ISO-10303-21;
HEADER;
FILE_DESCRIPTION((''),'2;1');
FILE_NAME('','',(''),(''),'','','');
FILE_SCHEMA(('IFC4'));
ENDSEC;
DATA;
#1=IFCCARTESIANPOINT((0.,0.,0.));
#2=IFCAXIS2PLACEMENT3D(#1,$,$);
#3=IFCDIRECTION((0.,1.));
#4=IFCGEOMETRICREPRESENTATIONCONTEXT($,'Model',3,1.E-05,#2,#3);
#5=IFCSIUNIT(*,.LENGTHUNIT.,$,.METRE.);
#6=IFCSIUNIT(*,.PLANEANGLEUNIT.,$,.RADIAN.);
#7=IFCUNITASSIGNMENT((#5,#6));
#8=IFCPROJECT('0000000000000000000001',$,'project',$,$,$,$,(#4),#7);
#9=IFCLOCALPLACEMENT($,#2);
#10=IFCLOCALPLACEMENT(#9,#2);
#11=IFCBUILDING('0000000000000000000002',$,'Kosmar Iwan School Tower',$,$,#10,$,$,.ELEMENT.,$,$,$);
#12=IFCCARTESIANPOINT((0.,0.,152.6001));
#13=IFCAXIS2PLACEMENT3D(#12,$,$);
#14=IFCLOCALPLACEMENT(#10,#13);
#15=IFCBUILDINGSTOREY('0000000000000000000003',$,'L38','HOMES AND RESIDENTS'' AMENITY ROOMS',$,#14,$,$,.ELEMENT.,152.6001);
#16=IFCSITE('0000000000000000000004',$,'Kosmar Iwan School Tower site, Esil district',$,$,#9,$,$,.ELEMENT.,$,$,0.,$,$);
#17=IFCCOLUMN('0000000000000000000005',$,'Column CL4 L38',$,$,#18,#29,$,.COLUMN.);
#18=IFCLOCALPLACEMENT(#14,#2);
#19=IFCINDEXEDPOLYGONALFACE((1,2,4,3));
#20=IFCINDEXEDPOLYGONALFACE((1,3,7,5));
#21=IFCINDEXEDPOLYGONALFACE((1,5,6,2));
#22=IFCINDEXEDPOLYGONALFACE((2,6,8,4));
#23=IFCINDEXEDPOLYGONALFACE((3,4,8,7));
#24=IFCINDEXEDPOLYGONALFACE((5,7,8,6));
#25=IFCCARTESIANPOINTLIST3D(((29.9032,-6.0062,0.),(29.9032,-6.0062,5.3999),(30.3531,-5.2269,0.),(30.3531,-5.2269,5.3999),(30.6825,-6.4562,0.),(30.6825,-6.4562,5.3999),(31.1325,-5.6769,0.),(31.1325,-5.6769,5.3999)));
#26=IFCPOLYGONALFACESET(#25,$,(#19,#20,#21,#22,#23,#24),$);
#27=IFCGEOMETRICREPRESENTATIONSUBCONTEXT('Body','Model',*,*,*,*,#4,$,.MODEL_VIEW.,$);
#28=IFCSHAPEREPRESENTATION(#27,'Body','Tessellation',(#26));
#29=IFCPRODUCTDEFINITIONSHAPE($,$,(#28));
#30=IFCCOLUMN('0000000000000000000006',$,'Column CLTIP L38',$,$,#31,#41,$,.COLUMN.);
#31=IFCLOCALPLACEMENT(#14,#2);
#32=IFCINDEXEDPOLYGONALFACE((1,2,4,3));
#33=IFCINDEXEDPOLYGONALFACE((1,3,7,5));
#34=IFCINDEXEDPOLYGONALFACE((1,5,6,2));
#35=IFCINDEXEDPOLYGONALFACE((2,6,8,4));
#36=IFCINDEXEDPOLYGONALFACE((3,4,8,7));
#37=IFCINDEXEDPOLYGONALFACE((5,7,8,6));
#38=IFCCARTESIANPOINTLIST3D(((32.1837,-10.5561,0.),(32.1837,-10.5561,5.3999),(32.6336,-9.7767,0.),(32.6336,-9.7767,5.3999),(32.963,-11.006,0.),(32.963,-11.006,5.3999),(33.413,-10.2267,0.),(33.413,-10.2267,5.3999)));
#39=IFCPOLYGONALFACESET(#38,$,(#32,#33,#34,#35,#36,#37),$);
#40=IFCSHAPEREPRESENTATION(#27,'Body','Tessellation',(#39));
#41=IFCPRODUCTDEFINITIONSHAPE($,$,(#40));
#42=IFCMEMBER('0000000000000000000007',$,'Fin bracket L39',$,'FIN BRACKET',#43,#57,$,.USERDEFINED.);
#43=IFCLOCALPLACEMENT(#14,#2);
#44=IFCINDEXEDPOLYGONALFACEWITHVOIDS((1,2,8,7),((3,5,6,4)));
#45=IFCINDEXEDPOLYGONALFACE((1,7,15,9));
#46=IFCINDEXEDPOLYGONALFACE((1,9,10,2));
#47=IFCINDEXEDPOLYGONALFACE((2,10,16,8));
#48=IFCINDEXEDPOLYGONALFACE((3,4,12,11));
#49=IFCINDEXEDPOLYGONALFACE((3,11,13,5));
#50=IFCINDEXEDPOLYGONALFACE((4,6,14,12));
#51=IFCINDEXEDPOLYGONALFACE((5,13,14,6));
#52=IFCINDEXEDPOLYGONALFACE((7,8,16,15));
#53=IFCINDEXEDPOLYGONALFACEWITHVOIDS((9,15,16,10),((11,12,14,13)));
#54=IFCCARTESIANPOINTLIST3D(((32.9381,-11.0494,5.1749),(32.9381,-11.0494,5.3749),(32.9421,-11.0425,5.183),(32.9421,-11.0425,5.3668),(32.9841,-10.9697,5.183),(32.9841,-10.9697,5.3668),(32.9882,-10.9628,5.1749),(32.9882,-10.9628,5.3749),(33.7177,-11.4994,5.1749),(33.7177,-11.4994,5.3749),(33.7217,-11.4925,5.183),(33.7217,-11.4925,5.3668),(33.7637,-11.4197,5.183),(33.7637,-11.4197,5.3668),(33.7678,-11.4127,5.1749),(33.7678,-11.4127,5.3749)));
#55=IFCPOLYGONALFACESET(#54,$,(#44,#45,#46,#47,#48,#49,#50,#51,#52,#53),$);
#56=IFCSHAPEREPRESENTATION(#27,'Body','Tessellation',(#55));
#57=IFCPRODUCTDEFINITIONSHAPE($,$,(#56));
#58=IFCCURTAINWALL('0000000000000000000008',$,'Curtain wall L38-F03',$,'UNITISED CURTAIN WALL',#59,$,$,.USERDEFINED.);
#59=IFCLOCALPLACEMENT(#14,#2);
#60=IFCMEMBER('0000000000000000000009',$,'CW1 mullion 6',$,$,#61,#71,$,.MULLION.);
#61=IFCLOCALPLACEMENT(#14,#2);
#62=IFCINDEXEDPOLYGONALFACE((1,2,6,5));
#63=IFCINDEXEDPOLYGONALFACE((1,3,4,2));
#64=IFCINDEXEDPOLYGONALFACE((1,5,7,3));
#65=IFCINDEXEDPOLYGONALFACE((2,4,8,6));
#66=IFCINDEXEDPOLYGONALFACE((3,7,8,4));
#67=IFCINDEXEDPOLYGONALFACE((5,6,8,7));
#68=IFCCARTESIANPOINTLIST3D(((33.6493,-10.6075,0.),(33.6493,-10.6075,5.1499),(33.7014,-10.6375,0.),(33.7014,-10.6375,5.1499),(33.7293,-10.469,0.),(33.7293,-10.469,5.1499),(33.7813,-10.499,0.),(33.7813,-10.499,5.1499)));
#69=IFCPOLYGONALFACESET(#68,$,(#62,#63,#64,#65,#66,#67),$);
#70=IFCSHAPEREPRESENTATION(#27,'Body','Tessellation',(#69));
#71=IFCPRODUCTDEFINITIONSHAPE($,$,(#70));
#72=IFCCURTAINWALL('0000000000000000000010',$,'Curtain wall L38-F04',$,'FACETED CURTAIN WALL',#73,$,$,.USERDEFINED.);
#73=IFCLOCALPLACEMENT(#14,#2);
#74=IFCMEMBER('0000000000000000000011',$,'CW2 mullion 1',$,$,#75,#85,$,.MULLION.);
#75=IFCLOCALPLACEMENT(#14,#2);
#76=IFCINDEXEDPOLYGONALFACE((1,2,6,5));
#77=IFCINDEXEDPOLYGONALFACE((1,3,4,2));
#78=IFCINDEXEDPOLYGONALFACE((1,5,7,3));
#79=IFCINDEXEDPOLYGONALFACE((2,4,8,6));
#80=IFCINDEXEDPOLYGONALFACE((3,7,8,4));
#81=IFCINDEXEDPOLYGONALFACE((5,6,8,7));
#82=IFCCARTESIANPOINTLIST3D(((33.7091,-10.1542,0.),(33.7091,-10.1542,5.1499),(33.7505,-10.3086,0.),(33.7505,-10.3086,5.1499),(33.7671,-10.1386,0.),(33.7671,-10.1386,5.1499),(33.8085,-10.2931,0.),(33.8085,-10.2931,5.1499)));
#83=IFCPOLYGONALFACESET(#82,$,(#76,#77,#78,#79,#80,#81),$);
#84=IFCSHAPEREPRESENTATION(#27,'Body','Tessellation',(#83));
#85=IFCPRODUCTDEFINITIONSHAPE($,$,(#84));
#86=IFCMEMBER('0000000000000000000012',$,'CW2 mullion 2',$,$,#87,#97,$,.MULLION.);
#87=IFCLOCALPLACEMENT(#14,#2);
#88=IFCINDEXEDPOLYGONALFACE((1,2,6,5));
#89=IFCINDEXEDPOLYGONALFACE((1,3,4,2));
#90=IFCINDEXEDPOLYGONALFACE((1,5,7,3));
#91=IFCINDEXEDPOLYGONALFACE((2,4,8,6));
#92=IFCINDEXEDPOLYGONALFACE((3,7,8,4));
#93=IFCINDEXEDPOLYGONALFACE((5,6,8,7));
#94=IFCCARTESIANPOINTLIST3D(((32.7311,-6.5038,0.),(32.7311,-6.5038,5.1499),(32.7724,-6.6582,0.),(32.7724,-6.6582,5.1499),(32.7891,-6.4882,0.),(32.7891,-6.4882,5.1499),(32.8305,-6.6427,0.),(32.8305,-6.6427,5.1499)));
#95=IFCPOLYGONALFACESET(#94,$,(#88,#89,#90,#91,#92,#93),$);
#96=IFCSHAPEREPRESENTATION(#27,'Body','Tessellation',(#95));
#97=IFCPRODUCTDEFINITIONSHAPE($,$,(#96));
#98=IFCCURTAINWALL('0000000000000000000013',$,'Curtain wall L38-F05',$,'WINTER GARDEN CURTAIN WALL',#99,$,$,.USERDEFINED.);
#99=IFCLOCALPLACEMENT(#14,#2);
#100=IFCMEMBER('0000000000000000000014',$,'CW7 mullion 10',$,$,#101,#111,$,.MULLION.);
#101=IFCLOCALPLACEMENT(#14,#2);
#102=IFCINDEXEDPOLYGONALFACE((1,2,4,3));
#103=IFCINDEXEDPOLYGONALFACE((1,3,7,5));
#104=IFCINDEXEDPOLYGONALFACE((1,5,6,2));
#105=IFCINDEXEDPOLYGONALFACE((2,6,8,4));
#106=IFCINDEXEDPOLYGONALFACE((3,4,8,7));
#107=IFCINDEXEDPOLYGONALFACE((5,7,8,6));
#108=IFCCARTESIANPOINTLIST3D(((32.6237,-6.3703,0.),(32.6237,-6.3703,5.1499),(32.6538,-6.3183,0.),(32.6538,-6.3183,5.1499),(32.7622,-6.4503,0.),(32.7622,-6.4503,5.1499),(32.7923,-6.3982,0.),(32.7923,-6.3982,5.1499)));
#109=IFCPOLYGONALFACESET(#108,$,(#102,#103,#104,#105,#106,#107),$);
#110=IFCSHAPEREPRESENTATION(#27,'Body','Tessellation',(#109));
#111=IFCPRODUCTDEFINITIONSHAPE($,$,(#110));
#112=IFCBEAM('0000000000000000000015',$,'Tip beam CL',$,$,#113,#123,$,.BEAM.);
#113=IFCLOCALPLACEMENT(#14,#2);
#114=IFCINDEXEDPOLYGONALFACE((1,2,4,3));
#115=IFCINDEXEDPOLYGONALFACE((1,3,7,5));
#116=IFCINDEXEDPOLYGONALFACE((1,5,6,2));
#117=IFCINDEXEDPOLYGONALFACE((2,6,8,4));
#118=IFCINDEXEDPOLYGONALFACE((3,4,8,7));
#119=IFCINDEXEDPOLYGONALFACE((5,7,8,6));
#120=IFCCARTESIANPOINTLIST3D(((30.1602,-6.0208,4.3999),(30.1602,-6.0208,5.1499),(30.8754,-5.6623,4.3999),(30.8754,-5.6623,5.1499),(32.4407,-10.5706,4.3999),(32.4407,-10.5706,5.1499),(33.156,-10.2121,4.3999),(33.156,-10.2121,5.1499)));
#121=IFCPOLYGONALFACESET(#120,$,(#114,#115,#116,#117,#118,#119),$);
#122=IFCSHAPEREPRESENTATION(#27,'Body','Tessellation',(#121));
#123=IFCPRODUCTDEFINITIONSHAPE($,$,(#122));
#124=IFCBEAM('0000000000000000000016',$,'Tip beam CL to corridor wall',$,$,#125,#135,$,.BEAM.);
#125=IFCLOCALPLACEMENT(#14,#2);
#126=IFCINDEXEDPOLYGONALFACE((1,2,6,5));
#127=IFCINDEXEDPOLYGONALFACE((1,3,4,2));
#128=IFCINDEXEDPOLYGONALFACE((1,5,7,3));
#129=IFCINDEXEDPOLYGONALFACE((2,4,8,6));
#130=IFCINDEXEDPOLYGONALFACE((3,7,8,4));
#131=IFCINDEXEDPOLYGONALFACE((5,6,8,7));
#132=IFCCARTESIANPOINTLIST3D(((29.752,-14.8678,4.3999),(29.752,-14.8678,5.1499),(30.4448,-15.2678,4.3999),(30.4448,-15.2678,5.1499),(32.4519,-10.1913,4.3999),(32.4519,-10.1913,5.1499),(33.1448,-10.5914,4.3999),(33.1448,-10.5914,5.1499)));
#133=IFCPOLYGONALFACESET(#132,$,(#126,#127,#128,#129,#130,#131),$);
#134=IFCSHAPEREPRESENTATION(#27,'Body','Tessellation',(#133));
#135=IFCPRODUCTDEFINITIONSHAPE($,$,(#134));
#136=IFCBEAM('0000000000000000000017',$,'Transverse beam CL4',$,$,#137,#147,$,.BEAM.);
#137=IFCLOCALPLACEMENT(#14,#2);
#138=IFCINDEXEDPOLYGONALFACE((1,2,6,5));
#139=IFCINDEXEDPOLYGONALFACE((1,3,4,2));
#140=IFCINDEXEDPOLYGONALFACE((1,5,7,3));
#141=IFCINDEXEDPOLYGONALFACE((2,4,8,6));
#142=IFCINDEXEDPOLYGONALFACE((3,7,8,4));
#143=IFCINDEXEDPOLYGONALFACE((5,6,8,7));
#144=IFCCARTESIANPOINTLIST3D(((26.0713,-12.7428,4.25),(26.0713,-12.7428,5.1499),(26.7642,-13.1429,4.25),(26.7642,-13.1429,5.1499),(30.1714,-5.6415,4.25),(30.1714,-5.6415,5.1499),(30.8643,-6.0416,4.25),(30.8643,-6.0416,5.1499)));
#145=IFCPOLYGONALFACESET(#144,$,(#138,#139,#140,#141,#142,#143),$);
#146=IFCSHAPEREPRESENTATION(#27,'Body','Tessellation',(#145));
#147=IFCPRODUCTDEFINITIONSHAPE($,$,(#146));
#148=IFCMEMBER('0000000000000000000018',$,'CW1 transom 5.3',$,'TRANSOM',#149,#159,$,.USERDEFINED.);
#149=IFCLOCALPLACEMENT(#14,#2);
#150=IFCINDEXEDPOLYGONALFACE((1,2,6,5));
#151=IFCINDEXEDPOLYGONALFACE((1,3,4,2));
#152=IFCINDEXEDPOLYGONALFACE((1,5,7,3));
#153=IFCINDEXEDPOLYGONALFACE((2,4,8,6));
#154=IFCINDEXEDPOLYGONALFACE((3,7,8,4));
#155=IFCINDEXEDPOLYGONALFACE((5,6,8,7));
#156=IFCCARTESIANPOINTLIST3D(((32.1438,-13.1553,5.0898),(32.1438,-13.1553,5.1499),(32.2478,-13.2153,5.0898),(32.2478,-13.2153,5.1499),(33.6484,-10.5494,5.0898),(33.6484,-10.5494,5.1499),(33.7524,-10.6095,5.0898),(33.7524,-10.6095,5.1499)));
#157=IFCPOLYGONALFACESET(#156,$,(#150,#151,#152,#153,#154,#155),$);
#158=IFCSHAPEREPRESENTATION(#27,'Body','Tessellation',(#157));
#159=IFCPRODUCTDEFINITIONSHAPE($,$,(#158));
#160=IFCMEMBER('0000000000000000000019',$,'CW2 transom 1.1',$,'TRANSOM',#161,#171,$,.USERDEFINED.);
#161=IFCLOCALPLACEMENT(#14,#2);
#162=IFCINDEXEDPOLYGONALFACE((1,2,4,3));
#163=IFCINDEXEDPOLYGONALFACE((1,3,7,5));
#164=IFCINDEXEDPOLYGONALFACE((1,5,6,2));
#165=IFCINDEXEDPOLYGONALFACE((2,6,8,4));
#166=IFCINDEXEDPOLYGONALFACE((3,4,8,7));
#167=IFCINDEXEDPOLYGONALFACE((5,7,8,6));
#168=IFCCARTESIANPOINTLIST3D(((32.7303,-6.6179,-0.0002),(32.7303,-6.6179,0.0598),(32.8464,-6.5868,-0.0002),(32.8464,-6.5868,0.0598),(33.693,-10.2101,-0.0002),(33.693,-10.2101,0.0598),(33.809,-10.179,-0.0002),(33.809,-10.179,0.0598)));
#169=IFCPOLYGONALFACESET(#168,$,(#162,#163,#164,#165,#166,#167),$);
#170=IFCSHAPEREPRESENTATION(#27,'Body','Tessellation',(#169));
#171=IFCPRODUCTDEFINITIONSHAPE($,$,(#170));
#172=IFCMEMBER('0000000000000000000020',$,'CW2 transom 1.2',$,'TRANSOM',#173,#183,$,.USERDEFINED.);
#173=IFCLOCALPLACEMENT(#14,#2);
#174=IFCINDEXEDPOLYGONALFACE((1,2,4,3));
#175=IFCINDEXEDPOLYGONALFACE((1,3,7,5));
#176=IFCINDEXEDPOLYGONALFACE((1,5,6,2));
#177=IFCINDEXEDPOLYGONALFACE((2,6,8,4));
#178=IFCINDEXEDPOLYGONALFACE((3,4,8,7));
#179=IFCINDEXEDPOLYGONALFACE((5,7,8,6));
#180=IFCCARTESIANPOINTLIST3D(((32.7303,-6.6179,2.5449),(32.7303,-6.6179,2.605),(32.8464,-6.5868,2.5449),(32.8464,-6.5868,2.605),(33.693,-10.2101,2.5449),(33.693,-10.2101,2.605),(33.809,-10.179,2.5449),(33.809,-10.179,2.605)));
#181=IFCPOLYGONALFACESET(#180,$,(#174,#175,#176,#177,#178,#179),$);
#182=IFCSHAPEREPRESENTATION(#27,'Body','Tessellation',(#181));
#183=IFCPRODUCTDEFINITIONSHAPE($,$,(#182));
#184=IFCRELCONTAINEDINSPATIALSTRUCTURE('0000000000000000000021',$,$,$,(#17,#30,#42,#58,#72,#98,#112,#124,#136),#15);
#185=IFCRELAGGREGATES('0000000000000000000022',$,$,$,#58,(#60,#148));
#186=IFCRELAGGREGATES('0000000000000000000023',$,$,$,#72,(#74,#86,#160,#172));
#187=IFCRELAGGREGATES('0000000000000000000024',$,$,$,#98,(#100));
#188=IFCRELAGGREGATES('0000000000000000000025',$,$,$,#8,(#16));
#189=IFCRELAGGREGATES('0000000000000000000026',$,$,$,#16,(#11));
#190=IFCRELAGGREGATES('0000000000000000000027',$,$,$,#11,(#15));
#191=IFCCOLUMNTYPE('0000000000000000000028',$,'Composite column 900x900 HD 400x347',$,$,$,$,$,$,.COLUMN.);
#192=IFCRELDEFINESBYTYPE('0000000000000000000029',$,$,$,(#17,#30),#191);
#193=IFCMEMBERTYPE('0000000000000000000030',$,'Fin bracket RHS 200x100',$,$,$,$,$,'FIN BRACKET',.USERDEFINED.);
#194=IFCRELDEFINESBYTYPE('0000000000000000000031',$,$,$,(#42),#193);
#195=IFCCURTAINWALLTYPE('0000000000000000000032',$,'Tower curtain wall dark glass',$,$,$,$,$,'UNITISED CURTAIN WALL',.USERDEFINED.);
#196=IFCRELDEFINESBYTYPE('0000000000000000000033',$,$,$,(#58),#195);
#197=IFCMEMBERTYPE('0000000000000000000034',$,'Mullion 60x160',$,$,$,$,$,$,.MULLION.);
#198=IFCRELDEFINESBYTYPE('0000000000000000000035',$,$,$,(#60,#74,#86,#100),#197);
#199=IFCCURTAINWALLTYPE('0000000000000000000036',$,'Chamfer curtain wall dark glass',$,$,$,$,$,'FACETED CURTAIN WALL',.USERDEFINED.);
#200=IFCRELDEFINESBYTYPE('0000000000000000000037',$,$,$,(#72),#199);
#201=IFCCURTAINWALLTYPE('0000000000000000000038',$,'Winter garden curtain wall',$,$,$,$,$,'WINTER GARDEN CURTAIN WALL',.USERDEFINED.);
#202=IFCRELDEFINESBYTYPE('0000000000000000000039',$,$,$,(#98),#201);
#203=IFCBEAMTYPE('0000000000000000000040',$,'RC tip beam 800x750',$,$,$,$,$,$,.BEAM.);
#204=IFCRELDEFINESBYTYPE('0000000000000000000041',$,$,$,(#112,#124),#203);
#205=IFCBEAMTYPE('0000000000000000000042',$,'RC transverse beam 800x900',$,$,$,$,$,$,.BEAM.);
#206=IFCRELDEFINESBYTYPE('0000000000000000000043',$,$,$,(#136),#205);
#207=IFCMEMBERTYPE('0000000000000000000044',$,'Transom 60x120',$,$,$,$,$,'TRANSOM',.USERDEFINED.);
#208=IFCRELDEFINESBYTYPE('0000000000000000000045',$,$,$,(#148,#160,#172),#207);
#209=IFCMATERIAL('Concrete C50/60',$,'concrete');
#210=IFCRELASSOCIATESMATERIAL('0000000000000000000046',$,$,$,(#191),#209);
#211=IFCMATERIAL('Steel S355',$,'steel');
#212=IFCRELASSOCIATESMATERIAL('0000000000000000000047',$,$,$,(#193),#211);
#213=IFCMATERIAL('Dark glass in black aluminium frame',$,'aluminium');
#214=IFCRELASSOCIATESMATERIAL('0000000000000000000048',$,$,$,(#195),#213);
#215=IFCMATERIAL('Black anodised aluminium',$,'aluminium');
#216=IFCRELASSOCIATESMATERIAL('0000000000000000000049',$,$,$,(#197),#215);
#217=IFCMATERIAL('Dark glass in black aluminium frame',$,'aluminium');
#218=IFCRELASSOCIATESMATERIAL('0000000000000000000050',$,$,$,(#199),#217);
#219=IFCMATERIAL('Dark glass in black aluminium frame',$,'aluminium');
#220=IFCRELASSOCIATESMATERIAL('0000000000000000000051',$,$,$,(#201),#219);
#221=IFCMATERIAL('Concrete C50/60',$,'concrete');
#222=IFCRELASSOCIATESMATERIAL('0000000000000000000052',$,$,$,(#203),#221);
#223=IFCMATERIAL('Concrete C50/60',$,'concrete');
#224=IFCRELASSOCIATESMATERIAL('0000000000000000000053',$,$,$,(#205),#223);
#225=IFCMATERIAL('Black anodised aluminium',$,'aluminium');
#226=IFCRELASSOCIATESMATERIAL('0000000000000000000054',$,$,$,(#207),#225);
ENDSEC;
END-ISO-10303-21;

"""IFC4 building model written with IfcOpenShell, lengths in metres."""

from ifc_helpers import new_model, si_unit, direction, frame, origin, origin_2d, place, context, subcontext, project, spatial, rectangle, hollow_rectangle, extrude, material, material_profile, profile_set, type_object, element, aggregate, save


model = new_model("IFC4")

# Units and contexts
model_context = context("Model", 3, precision=1e-05, world=origin(), true_north=direction((0.0, 1.0)))
body_context = subcontext(model_context, "Body", "Model", "MODEL_VIEW")
ifc_project = project(units=[si_unit("LENGTHUNIT", "METRE"), si_unit("PLANEANGLEUNIT", "RADIAN")], contexts=[model_context])

# Site, building, storey
site_placement = place(None, origin())
site = spatial("IfcSite", under=ifc_project, at=site_placement, Name="Kosmar Iwan School Tower site, Esil district", CompositionType="ELEMENT", RefElevation=0.0)
building_placement = place(site_placement, origin())
building = spatial("IfcBuilding", under=site, at=building_placement, Name="Kosmar Iwan School Tower", CompositionType="ELEMENT")
storey_placement = place(building_placement, frame((0.0, 0.0, 152.6001)))
storey = spatial("IfcBuildingStorey", under=building, at=storey_placement, Name="L38", Description="HOMES AND RESIDENTS' AMENITY ROOMS", CompositionType="ELEMENT", Elevation=152.6001)

# Columns
ifc_material_1 = material(Name="Concrete C50/60", Category="concrete")
ifc_material_profile_1 = material_profile(ifc_material_1, rectangle(XDim=0.8999, YDim=0.8999, at=origin_2d()), Name="RC 900x900 + HD 400x347")
ifc_profile_set_1 = profile_set([ifc_material_profile_1], Name="Concrete C50/60")
column_type = type_object("IfcColumnType", Name="Composite column 900x900 HD 400x347", PredefinedType="COLUMN", material=ifc_profile_set_1)
for number, where, z_axis, x_axis, name in (
    (1, (30.5178, -5.8416, 0.0), (0.0, 0.0, 1.0), (0.866025, -0.5, 0.0), "Column CL4 L38"),
    (2, (32.7983, -10.3914, 0.0), (0.0, 0.0, 1.0), (0.866025, -0.5, 0.0), "Column CLTIP L38"),
):
    element("IfcColumn", number, at=place(storey_placement, frame(where, z_axis=z_axis, x_axis=x_axis)), inside=storey, type_object=column_type, Name=name, PredefinedType="COLUMN", context=body_context, shape_type="SweptSolid", body=[
        extrude(rectangle(XDim=0.8999, YDim=0.8999, at=origin_2d()), origin(), (0.0, 0.0, 1.0), 5.3999),
    ])

# Member
ifc_material_2 = material(Name="Steel S355", Category="steel")
ifc_material_profile_2 = material_profile(ifc_material_2, hollow_rectangle(XDim=0.1001, YDim=0.2, WallThickness=0.0081, at=origin_2d()), Name="RHS 200x100x8")
ifc_profile_set_2 = profile_set([ifc_material_profile_2], Name="Steel S355")
member_type_1 = type_object("IfcMemberType", Name="Fin bracket RHS 200x100", ElementType="FIN BRACKET", PredefinedType="USERDEFINED", material=ifc_profile_set_2)
member_1_placement = place(storey_placement, frame((32.9631, -11.0061, 5.2749), z_axis=(0.866082, -0.499902, 0.0), x_axis=(0.499902, 0.866082, 0.0)))
element("IfcMember", 3, at=member_1_placement, inside=storey, type_object=member_type_1, Name="Fin bracket L39", ObjectType="FIN BRACKET", PredefinedType="USERDEFINED", context=body_context, shape_type="SweptSolid", body=[
    extrude(hollow_rectangle(XDim=0.1001, YDim=0.2, WallThickness=0.0081, at=origin_2d()), origin(), (0.0, 0.0, 1.0), 0.9001),
])

# Curtain wall, member
ifc_material_3 = material(Name="Dark glass in black aluminium frame", Category="aluminium")
curtain_wall_type_1 = type_object("IfcCurtainWallType", Name="Tower curtain wall dark glass", ElementType="UNITISED CURTAIN WALL", PredefinedType="USERDEFINED", material=ifc_material_3)
curtain_wall_1_placement = place(storey_placement, origin())
curtain_wall_1 = element("IfcCurtainWall", 4, at=curtain_wall_1_placement, inside=storey, type_object=curtain_wall_type_1, Name="Curtain wall L38-F03", ObjectType="UNITISED CURTAIN WALL", PredefinedType="USERDEFINED")
ifc_material_4 = material(Name="Black anodised aluminium", Category="aluminium")
ifc_material_profile_3 = material_profile(ifc_material_4, rectangle(XDim=0.0601, YDim=0.1599, at=origin_2d()), Name="MULLION 60x160")
ifc_profile_set_3 = profile_set([ifc_material_profile_3], Name="Black anodised aluminium")
member_type_2 = type_object("IfcMemberType", Name="Mullion 60x160", PredefinedType="MULLION", material=ifc_profile_set_3)
member_2_placement = place(storey_placement, frame((33.7153, -10.5532, 0.0), z_axis=(0.0, 0.0, 1.0), x_axis=(-0.866025, 0.5, 0.0)))
member_2 = element("IfcMember", 5, at=member_2_placement, type_object=member_type_2, Name="CW1 mullion 6", PredefinedType="MULLION", context=body_context, shape_type="SweptSolid", body=[
    extrude(rectangle(XDim=0.0601, YDim=0.1599, at=origin_2d()), origin(), (0.0, 0.0, 1.0), 5.1499),
])

# Curtain wall, members
ifc_material_5 = material(Name="Dark glass in black aluminium frame", Category="aluminium")
curtain_wall_type_2 = type_object("IfcCurtainWallType", Name="Chamfer curtain wall dark glass", ElementType="FACETED CURTAIN WALL", PredefinedType="USERDEFINED", material=ifc_material_5)
curtain_wall_2_placement = place(storey_placement, origin())
curtain_wall_2 = element("IfcCurtainWall", 6, at=curtain_wall_2_placement, inside=storey, type_object=curtain_wall_type_2, Name="Curtain wall L38-F04", ObjectType="FACETED CURTAIN WALL", PredefinedType="USERDEFINED")
member_3_placement = place(storey_placement, frame((33.7588, -10.2236, 0.0), z_axis=(0.0, 0.0, 1.0), x_axis=(-0.965926, -0.258819, 0.0)))
member_3 = element("IfcMember", 7, at=member_3_placement, type_object=member_type_2, Name="CW2 mullion 1", PredefinedType="MULLION", context=body_context, shape_type="SweptSolid", body=[
    extrude(rectangle(XDim=0.0601, YDim=0.1599, at=origin_2d()), origin(), (0.0, 0.0, 1.0), 5.1499),
])
member_4_placement = place(storey_placement, frame((32.7808, -6.5732, 0.0), z_axis=(0.0, 0.0, 1.0), x_axis=(-0.965926, -0.258819, 0.0)))
member_4 = element("IfcMember", 8, at=member_4_placement, type_object=member_type_2, Name="CW2 mullion 2", PredefinedType="MULLION", context=body_context, shape_type="SweptSolid", body=[
    extrude(rectangle(XDim=0.0601, YDim=0.1599, at=origin_2d()), origin(), (0.0, 0.0, 1.0), 5.1499),
])

# Curtain wall, member
ifc_material_6 = material(Name="Dark glass in black aluminium frame", Category="aluminium")
curtain_wall_type_3 = type_object("IfcCurtainWallType", Name="Winter garden curtain wall", ElementType="WINTER GARDEN CURTAIN WALL", PredefinedType="USERDEFINED", material=ifc_material_6)
curtain_wall_3_placement = place(storey_placement, origin())
curtain_wall_3 = element("IfcCurtainWall", 9, at=curtain_wall_3_placement, inside=storey, type_object=curtain_wall_type_3, Name="Curtain wall L38-F05", ObjectType="WINTER GARDEN CURTAIN WALL", PredefinedType="USERDEFINED")
member_5_placement = place(storey_placement, frame((32.708, -6.3843, 0.0), z_axis=(0.0, 0.0, 1.0), x_axis=(0.5, 0.866025, 0.0)))
member_5 = element("IfcMember", 10, at=member_5_placement, type_object=member_type_2, Name="CW7 mullion 10", PredefinedType="MULLION", context=body_context, shape_type="SweptSolid", body=[
    extrude(rectangle(XDim=0.0601, YDim=0.1599, at=origin_2d()), origin(), (0.0, 0.0, 1.0), 5.1499),
])

# Beams
ifc_material_7 = material(Name="Concrete C50/60", Category="concrete")
ifc_material_profile_4 = material_profile(ifc_material_7, rectangle(XDim=0.8, YDim=0.75, at=origin_2d()), Name="RC 800x750")
ifc_profile_set_4 = profile_set([ifc_material_profile_4], Name="Concrete C50/60")
beam_type_1 = type_object("IfcBeamType", Name="RC tip beam 800x750", PredefinedType="BEAM", material=ifc_profile_set_4)
beam_1_placement = place(storey_placement, frame((30.5178, -5.8416, 4.7749), z_axis=(0.448096, -0.893985, 0.0), x_axis=(0.893985, 0.448096, 0.0)))
element("IfcBeam", 11, at=beam_1_placement, inside=storey, type_object=beam_type_1, Name="Tip beam CL", PredefinedType="BEAM", context=body_context, shape_type="SweptSolid", body=[
    extrude(rectangle(XDim=0.8, YDim=0.75, at=origin_2d()), origin(), (0.0, 0.0, 1.0), 5.0894),
])
beam_2_placement = place(storey_placement, frame((32.7983, -10.3914, 4.7749), z_axis=(-0.499995, -0.866028, 0.0), x_axis=(0.866028, -0.499995, 0.0)))
element("IfcBeam", 12, at=beam_2_placement, inside=storey, type_object=beam_type_1, Name="Tip beam CL to corridor wall", PredefinedType="BEAM", context=body_context, shape_type="SweptSolid", body=[
    extrude(rectangle(XDim=0.8, YDim=0.75, at=origin_2d()), origin(), (0.0, 0.0, 1.0), 5.3999),
])
ifc_material_8 = material(Name="Concrete C50/60", Category="concrete")
ifc_material_profile_5 = material_profile(ifc_material_8, rectangle(XDim=0.8, YDim=0.8999, at=origin_2d()), Name="RC 800x900")
ifc_profile_set_5 = profile_set([ifc_material_profile_5], Name="Concrete C50/60")
beam_type_2 = type_object("IfcBeamType", Name="RC transverse beam 800x900", PredefinedType="BEAM", material=ifc_profile_set_5)
beam_3_placement = place(storey_placement, frame((30.5178, -5.8416, 4.7), z_axis=(-0.500014, -0.866018, 0.0), x_axis=(0.866018, -0.500014, 0.0)))
element("IfcBeam", 13, at=beam_3_placement, inside=storey, type_object=beam_type_2, Name="Transverse beam CL4", PredefinedType="BEAM", context=body_context, shape_type="SweptSolid", body=[
    extrude(rectangle(XDim=0.8, YDim=0.8999, at=origin_2d()), origin(), (0.0, 0.0, 1.0), 8.2),
])

# Members
ifc_material_9 = material(Name="Black anodised aluminium", Category="aluminium")
ifc_material_profile_6 = material_profile(ifc_material_9, rectangle(XDim=0.1201, YDim=0.0601, at=origin_2d()), Name="TRANSOM 60x120")
ifc_profile_set_6 = profile_set([ifc_material_profile_6], Name="Black anodised aluminium")
member_type_3 = type_object("IfcMemberType", Name="Transom 60x120", ElementType="TRANSOM", PredefinedType="USERDEFINED", material=ifc_profile_set_6)
member_6_placement = place(storey_placement, frame((32.1958, -13.1853, 5.1199), z_axis=(0.500022, 0.866013, 0.0), x_axis=(-0.866013, 0.500022, 0.0)))
member_6 = element("IfcMember", 14, at=member_6_placement, type_object=member_type_3, Name="CW1 transom 5.3", ObjectType="TRANSOM", PredefinedType="USERDEFINED", context=body_context, shape_type="SweptSolid", body=[
    extrude(rectangle(XDim=0.1201, YDim=0.0601, at=origin_2d()), origin(), (0.0, 0.0, 1.0), 3.009),
])
member_7_placement = place(storey_placement, frame((33.751, -10.1946, 0.0298), z_axis=(-0.258843, 0.965919, 0.0), x_axis=(-0.965919, -0.258843, 0.0)))
member_7 = element("IfcMember", 15, at=member_7_placement, type_object=member_type_3, Name="CW2 transom 1.1", ObjectType="TRANSOM", PredefinedType="USERDEFINED", context=body_context, shape_type="SweptSolid", body=[
    extrude(rectangle(XDim=0.1201, YDim=0.0601, at=origin_2d()), origin(), (0.0, 0.0, 1.0), 3.719),
])
member_8_placement = place(storey_placement, frame((33.751, -10.1946, 2.575), z_axis=(-0.258843, 0.965919, 0.0), x_axis=(-0.965919, -0.258843, 0.0)))
member_8 = element("IfcMember", 16, at=member_8_placement, type_object=member_type_3, Name="CW2 transom 1.2", ObjectType="TRANSOM", PredefinedType="USERDEFINED", context=body_context, shape_type="SweptSolid", body=[
    extrude(rectangle(XDim=0.1201, YDim=0.0601, at=origin_2d()), origin(), (0.0, 0.0, 1.0), 3.719),
])

aggregate(curtain_wall_1, [member_2, member_6])
aggregate(curtain_wall_2, [member_3, member_4, member_7, member_8])
aggregate(curtain_wall_3, [member_5])

save(model, "model.ifc")
